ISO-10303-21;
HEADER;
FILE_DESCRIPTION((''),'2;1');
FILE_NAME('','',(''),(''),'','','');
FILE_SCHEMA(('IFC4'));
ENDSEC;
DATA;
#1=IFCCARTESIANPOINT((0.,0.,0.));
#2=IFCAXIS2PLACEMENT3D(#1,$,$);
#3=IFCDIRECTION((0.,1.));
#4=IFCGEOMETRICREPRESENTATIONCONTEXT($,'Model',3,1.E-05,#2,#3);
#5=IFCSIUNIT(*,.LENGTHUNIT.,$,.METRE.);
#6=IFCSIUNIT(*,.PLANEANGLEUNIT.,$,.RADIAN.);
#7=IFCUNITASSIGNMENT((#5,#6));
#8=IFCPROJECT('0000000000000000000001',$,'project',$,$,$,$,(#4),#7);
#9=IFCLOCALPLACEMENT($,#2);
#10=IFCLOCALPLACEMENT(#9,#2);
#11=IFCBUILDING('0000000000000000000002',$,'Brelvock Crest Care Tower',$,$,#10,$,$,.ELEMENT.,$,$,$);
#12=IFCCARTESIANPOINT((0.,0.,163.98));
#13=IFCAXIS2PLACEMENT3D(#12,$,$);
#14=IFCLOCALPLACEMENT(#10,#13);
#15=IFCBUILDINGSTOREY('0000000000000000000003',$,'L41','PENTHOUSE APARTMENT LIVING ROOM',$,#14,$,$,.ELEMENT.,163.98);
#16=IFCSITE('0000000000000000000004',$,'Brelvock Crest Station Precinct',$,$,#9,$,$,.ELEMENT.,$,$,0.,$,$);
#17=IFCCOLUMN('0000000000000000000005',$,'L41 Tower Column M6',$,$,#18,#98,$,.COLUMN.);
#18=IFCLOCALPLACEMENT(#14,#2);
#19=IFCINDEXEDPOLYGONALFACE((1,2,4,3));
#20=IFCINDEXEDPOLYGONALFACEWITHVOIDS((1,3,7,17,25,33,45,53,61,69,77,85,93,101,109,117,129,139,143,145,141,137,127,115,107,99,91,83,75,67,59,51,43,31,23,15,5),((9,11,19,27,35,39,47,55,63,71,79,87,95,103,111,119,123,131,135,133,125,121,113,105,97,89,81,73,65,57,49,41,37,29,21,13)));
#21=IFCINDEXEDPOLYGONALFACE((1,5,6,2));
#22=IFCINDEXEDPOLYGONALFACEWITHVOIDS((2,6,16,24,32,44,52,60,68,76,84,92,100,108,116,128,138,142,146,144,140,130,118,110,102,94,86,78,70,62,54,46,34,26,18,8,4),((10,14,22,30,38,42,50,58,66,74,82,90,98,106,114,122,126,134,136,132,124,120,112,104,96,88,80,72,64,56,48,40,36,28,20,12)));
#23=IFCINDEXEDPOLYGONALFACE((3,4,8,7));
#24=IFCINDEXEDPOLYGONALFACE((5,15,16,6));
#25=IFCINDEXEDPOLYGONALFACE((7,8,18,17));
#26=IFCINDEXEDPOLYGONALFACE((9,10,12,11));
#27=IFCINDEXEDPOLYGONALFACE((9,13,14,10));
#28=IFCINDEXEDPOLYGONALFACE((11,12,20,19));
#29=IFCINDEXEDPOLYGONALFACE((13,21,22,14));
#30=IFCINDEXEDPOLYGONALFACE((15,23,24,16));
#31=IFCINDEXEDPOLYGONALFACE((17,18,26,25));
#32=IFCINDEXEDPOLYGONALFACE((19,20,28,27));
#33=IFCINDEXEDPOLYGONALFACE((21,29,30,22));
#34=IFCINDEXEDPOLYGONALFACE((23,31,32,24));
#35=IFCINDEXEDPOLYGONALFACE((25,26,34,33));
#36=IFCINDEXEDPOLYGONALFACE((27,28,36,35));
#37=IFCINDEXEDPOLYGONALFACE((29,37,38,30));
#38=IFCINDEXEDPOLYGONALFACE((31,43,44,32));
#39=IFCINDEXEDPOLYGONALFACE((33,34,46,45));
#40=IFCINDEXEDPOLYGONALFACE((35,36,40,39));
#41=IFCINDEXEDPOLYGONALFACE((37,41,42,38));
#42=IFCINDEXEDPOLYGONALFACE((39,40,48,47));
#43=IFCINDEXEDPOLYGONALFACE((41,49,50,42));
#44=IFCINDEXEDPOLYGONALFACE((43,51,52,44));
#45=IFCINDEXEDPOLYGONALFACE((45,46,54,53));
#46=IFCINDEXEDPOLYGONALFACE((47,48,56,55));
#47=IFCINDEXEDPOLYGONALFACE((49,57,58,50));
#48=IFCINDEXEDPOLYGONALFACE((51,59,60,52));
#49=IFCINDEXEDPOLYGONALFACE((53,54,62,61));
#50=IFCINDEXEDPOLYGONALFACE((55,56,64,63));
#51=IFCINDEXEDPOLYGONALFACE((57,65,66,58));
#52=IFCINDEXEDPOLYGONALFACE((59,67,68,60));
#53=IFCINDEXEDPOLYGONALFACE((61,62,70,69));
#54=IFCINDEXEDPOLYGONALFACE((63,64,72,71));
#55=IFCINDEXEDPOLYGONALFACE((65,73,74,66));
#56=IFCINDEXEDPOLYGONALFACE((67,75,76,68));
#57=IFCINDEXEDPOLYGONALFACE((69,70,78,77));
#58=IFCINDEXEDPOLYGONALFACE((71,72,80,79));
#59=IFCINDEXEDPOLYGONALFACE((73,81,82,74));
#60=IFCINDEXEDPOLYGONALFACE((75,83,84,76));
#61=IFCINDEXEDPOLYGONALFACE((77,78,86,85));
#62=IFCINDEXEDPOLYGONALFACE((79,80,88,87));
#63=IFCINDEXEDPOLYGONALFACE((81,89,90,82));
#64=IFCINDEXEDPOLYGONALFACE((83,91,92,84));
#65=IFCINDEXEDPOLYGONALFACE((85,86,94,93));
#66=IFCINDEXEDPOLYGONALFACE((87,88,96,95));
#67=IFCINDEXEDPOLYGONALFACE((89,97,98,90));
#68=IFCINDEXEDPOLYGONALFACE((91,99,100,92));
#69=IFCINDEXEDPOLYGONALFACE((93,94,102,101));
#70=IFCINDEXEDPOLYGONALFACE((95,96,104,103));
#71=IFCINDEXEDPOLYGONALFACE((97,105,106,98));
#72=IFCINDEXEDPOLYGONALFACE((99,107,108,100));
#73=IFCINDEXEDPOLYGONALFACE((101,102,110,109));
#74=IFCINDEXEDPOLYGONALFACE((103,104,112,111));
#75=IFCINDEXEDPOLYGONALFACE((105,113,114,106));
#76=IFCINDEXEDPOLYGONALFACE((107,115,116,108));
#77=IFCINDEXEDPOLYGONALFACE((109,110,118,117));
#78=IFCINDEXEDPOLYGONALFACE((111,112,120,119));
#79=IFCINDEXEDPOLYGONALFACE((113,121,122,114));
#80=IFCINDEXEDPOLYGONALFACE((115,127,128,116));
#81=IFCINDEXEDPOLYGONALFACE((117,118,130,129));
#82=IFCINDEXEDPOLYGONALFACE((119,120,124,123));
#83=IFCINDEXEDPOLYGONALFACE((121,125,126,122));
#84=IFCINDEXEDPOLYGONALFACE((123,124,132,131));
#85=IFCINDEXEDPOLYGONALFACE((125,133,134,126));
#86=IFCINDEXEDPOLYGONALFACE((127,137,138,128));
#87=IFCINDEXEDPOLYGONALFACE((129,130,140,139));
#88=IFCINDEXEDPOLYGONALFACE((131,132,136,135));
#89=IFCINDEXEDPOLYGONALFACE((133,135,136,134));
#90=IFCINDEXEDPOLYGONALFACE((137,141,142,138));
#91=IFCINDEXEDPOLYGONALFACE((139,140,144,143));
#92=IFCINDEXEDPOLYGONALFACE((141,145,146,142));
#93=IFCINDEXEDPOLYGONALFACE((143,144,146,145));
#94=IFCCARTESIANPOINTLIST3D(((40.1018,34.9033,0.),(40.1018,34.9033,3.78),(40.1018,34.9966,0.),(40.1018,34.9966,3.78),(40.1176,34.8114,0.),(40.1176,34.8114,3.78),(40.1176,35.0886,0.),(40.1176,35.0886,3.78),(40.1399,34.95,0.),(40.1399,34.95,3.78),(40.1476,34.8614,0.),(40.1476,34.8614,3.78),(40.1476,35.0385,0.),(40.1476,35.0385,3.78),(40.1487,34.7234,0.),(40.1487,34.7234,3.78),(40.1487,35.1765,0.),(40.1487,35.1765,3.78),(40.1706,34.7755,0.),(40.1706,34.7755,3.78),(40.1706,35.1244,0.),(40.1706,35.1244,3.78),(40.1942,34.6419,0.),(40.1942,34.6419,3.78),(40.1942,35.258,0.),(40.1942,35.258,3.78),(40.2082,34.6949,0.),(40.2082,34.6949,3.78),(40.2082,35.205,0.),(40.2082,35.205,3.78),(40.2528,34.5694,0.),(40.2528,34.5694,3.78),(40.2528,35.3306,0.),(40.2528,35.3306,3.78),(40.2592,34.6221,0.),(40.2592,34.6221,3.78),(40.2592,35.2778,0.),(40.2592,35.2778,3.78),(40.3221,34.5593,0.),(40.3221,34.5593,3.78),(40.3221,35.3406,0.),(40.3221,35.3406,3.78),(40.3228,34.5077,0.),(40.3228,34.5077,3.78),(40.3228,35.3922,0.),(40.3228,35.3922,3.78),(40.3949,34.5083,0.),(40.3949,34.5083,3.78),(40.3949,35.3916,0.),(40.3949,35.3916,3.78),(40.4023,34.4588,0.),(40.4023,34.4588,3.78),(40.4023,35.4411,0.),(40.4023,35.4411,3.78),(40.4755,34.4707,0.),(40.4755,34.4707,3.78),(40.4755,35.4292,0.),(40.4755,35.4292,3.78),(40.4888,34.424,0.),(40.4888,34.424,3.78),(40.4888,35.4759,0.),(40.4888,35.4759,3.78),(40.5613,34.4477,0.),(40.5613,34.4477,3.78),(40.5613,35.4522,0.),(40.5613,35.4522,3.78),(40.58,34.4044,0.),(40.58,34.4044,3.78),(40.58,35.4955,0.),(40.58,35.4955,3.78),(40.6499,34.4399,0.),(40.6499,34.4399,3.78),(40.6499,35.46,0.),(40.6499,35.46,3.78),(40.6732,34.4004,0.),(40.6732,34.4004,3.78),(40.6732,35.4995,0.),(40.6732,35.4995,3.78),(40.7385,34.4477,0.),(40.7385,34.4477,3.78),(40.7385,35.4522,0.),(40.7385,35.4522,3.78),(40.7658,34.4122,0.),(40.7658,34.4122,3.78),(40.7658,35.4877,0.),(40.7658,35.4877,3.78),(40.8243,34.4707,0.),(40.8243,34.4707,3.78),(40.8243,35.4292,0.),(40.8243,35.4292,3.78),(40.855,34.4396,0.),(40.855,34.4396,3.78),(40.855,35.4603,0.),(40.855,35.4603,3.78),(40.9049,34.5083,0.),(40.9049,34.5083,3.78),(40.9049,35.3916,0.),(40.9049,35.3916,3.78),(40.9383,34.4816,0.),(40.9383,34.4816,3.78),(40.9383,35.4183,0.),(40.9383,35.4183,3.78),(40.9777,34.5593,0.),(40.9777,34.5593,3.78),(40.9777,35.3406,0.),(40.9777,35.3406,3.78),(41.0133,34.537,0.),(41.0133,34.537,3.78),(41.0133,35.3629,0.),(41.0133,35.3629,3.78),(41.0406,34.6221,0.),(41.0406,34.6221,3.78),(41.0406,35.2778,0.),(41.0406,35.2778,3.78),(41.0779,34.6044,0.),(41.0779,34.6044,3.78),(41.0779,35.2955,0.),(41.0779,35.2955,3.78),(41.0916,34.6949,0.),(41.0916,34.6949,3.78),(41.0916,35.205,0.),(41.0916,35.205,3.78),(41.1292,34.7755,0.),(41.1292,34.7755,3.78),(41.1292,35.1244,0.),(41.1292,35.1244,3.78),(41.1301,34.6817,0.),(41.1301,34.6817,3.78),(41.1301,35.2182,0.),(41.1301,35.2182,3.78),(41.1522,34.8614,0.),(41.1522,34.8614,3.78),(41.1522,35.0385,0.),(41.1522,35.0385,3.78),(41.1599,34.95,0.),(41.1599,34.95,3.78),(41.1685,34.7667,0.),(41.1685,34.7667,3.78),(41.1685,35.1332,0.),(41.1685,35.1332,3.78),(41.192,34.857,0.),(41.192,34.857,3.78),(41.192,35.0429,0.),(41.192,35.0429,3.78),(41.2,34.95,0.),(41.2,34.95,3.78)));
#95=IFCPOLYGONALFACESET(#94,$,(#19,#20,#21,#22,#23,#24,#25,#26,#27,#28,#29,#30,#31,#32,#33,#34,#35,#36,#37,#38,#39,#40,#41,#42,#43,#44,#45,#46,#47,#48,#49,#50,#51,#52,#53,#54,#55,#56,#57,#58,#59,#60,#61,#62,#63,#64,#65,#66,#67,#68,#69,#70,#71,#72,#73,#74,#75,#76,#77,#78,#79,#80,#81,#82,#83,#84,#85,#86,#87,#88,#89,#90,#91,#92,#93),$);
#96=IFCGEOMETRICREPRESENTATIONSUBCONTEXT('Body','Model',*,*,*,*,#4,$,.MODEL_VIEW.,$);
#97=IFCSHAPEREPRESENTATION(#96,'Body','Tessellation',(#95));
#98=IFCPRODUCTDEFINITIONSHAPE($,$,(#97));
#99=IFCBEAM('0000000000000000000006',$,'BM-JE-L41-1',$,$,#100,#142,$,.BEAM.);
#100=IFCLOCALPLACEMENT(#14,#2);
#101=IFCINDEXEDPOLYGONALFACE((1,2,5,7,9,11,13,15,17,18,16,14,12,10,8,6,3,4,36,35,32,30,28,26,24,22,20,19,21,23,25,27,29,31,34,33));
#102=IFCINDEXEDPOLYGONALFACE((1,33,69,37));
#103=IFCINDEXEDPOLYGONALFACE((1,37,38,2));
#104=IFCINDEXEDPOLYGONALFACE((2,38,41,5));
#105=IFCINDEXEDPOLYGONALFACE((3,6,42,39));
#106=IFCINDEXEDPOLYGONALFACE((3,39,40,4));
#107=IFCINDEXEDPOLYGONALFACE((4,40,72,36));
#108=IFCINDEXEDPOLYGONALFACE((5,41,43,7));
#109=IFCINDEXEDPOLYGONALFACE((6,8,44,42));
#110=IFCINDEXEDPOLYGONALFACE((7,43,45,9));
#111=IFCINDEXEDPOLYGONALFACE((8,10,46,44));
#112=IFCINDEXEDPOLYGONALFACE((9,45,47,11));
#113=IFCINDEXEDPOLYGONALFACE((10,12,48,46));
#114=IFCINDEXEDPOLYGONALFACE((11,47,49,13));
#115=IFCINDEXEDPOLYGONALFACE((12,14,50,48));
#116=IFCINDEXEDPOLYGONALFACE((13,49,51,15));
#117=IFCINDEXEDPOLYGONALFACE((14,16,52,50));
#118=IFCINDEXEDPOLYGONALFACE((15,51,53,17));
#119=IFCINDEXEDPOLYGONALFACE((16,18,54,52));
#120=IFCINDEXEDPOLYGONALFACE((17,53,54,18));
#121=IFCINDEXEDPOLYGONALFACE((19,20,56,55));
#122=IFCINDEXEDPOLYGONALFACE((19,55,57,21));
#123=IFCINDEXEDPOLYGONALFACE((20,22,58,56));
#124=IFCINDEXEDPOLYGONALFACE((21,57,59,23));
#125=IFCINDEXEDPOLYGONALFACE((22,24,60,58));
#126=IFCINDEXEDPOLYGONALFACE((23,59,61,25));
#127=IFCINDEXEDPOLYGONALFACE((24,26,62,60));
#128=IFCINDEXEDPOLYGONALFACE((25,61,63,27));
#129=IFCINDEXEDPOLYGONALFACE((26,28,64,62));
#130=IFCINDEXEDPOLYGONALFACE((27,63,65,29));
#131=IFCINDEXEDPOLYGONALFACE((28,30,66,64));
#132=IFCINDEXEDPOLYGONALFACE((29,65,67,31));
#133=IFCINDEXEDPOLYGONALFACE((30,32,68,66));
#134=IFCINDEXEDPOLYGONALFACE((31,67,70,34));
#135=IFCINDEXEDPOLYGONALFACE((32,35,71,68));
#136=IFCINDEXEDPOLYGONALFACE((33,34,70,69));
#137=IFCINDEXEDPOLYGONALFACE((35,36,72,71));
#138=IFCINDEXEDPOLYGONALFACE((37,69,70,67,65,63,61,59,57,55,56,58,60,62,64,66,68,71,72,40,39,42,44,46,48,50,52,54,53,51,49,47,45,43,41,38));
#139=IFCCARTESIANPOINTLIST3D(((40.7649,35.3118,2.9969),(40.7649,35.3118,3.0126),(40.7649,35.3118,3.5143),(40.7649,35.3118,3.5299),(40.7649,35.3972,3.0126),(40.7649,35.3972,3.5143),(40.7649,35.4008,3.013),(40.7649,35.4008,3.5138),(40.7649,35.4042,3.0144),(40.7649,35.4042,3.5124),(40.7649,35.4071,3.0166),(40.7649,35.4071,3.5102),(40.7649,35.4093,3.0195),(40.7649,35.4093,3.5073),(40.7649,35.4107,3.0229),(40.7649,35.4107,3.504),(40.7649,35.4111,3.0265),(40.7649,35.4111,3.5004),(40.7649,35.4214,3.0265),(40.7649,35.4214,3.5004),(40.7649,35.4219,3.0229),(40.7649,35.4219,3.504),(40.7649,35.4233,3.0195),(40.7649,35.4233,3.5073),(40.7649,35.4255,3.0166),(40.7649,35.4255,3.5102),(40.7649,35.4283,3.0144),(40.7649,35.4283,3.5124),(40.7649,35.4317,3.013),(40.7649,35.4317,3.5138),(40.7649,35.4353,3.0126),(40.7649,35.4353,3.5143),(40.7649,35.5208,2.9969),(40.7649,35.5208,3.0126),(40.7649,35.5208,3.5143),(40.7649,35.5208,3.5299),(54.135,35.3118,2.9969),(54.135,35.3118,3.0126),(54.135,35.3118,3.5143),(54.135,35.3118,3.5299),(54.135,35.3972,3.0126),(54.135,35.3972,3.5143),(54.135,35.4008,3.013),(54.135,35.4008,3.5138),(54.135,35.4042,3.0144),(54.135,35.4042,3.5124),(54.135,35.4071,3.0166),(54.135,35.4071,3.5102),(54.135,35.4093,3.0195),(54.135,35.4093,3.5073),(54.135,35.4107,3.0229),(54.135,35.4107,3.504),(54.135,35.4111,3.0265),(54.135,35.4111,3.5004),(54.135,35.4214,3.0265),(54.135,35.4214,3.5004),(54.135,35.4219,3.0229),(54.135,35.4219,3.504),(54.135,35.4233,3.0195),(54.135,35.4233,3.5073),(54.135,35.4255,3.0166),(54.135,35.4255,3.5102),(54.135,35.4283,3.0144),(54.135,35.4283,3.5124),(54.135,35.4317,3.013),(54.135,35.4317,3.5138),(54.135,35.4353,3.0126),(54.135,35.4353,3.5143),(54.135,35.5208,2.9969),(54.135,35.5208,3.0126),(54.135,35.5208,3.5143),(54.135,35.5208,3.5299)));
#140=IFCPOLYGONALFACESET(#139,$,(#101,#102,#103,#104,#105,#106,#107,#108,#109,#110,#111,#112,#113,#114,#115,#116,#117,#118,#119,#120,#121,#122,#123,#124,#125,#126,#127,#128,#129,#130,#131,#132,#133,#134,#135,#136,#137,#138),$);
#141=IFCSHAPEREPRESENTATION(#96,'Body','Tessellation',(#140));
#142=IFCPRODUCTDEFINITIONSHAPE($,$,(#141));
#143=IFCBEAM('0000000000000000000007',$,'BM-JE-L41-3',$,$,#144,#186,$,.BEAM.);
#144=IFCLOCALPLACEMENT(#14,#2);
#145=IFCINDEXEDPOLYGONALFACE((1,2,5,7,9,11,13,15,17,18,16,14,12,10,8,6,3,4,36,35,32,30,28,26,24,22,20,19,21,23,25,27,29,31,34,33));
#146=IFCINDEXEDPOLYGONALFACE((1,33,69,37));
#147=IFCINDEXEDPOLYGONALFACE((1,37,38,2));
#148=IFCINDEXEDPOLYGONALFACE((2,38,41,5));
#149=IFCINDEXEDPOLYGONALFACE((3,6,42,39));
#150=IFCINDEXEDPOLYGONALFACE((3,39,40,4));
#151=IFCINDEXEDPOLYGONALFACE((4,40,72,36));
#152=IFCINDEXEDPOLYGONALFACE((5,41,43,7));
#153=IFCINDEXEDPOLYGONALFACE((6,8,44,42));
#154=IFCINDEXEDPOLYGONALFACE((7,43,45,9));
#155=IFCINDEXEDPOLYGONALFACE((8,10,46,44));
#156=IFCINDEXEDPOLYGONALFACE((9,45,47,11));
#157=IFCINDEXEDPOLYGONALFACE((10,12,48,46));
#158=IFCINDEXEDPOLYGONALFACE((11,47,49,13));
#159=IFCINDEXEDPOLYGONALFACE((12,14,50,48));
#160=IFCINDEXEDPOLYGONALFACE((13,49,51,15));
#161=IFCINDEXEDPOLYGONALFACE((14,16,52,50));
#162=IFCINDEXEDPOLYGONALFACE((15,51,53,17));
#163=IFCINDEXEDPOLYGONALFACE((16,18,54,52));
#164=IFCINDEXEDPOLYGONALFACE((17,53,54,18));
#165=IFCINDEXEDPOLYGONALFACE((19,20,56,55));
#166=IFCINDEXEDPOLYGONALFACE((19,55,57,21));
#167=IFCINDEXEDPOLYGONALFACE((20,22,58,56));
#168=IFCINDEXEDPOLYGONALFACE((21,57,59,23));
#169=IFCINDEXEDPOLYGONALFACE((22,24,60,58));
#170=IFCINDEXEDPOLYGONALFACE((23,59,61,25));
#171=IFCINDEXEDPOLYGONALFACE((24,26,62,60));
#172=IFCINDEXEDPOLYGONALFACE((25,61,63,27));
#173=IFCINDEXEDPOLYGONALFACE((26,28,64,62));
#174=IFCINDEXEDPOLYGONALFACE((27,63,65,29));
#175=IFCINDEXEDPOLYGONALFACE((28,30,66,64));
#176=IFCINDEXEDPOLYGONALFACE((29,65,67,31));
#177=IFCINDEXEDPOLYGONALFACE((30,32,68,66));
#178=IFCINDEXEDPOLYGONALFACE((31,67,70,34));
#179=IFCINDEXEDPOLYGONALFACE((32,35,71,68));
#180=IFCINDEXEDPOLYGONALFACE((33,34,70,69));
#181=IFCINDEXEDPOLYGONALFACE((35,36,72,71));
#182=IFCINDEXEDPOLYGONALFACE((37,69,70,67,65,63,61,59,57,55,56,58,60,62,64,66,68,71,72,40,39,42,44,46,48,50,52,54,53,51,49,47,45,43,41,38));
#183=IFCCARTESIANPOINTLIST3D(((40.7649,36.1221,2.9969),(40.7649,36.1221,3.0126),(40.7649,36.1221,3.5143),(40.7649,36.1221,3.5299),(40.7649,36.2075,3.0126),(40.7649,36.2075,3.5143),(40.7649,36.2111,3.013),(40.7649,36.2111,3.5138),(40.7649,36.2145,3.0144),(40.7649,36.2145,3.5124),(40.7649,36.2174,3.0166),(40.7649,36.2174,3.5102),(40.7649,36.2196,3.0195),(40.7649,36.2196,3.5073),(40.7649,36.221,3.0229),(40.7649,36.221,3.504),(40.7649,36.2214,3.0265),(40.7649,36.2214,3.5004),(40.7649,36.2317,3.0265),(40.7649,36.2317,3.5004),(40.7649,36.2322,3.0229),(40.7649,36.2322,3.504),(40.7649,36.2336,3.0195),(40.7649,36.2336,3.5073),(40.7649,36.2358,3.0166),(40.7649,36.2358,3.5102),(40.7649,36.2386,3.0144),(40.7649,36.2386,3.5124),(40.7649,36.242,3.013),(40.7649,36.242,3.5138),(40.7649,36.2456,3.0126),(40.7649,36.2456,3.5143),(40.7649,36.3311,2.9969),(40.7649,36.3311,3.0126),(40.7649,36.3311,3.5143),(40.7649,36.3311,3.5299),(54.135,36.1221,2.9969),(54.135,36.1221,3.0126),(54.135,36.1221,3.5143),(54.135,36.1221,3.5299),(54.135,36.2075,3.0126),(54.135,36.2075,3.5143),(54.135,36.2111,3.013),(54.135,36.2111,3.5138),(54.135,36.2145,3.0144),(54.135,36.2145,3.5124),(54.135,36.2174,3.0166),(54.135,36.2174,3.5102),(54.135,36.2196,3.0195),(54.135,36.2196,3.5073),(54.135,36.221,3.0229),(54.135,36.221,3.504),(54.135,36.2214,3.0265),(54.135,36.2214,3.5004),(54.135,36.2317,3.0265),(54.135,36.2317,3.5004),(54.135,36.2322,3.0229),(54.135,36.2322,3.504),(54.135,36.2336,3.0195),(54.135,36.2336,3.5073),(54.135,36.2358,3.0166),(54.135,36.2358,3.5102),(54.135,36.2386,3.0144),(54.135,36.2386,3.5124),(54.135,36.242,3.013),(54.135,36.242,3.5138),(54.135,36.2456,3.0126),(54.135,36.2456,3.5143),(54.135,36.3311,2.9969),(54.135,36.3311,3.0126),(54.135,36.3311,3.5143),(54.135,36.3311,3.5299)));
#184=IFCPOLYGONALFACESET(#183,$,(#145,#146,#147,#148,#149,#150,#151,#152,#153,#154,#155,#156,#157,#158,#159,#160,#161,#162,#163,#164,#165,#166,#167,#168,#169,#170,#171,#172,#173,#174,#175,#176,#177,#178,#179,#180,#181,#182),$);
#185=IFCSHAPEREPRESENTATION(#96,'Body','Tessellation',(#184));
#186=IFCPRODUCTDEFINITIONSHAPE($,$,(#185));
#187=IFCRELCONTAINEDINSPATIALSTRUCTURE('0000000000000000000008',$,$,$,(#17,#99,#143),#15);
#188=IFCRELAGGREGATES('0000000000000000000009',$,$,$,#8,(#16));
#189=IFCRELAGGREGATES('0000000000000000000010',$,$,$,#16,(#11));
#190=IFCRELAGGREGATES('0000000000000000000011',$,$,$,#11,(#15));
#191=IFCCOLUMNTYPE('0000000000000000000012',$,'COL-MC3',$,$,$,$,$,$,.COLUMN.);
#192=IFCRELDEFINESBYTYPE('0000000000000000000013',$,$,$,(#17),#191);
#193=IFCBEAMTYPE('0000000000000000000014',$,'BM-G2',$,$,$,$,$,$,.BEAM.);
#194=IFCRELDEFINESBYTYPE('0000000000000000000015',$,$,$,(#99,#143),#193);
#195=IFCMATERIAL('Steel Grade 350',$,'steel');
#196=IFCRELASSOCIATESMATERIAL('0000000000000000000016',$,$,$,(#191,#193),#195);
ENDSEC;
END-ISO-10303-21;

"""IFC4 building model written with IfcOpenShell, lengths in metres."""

from ifc_helpers import new_model, si_unit, direction, frame, origin, origin_2d, place, context, subcontext, project, spatial, hollow_circle, i_section, extrude, source, transform, mapped, material, material_profile, profile_set, type_object, element, save


model = new_model("IFC4")

# Units and contexts
model_context = context("Model", 3, precision=1e-05, world=origin(), true_north=direction((0.0, 1.0)))
body_context = subcontext(model_context, "Body", "Model", "MODEL_VIEW")
ifc_project = project(units=[si_unit("LENGTHUNIT", "METRE"), si_unit("PLANEANGLEUNIT", "RADIAN")], contexts=[model_context])

# Site, building, storey
site_placement = place(None, origin())
site = spatial("IfcSite", under=ifc_project, at=site_placement, Name="Brelvock Crest Station Precinct", CompositionType="ELEMENT", RefElevation=0.0)
building_placement = place(site_placement, origin())
building = spatial("IfcBuilding", under=site, at=building_placement, Name="Brelvock Crest Care Tower", CompositionType="ELEMENT")
storey_placement = place(building_placement, frame((0.0, 0.0, 163.98)))
storey = spatial("IfcBuildingStorey", under=building, at=storey_placement, Name="L41", Description="PENTHOUSE APARTMENT LIVING ROOM", CompositionType="ELEMENT", Elevation=163.98)

# Column
ifc_material_1 = material(Name="Steel Grade 350", Category="steel")
ifc_material_profile_1 = material_profile(ifc_material_1, hollow_circle(Radius=0.55, WallThickness=0.04, at=origin_2d()), Name="CFT1100x40")
ifc_profile_set_1 = profile_set([ifc_material_profile_1], Name="Steel Grade 350")
column_type = type_object("IfcColumnType", Name="COL-MC3", PredefinedType="COLUMN", material=ifc_profile_set_1)
shared_shape_1 = source(origin(), body_context, "Body", "SweptSolid", [
    extrude(hollow_circle(Radius=0.55, WallThickness=0.04, at=origin_2d()), origin(), (0.0, 0.0, 1.0), 3.78),
])
column_placement = place(storey_placement, frame((40.6499, 34.95, 0.0), z_axis=(0.0, 0.0, 1.0), x_axis=(1.0, 0.0, 0.0)))
element("IfcColumn", 1, at=column_placement, inside=storey, type_object=column_type, Name="L41 Tower Column M6", PredefinedType="COLUMN", context=body_context, shape_type="MappedRepresentation", body=[
    mapped(shared_shape_1, transform((0.0, 0.0, 0.0), x_axis=(1.0, 0.0, 0.0), y_axis=(0.0, 1.0, 0.0), z_axis=(0.0, 0.0, 1.0), scale=1.0)),
])

# Beams
ifc_material_profile_2 = material_profile(ifc_material_1, i_section(OverallWidth=0.209, OverallDepth=0.533, WebThickness=0.0103, FlangeThickness=0.0156, FilletRadius=0.0139, at=origin_2d()), Name="530UB92.4")
ifc_profile_set_2 = profile_set([ifc_material_profile_2], Name="Steel Grade 350")
beam_type_1 = type_object("IfcBeamType", Name="BM-G2", PredefinedType="BEAM", material=ifc_profile_set_2)
shared_shape_2 = source(origin(), body_context, "Body", "SweptSolid", [
    extrude(i_section(OverallWidth=0.209, OverallDepth=0.533, WebThickness=0.0103, FlangeThickness=0.0156, FilletRadius=0.0139, at=origin_2d()), origin(), (0.0, 0.0, 1.0), 13.3701),
])
for number, where, z_axis, x_axis, name in (
    (2, (40.7649, 35.4163, 3.2634), (1.0, 0.0, 0.0), (0.0, 1.0, 0.0), "BM-JE-L41-1"),
    (3, (40.7649, 36.2266, 3.2634), (1.0, 0.0, 0.0), (0.0, 1.0, 0.0), "BM-JE-L41-3"),
):
    element("IfcBeam", number, at=place(storey_placement, frame(where, z_axis=z_axis, x_axis=x_axis)), inside=storey, type_object=beam_type_1, Name=name, PredefinedType="BEAM", context=body_context, shape_type="MappedRepresentation", body=[
        mapped(shared_shape_2, transform((0.0, 0.0, 0.0), x_axis=(1.0, 0.0, 0.0), y_axis=(0.0, 1.0, 0.0), z_axis=(0.0, 0.0, 1.0), scale=1.0)),
    ])

save(model, "model.ifc")
